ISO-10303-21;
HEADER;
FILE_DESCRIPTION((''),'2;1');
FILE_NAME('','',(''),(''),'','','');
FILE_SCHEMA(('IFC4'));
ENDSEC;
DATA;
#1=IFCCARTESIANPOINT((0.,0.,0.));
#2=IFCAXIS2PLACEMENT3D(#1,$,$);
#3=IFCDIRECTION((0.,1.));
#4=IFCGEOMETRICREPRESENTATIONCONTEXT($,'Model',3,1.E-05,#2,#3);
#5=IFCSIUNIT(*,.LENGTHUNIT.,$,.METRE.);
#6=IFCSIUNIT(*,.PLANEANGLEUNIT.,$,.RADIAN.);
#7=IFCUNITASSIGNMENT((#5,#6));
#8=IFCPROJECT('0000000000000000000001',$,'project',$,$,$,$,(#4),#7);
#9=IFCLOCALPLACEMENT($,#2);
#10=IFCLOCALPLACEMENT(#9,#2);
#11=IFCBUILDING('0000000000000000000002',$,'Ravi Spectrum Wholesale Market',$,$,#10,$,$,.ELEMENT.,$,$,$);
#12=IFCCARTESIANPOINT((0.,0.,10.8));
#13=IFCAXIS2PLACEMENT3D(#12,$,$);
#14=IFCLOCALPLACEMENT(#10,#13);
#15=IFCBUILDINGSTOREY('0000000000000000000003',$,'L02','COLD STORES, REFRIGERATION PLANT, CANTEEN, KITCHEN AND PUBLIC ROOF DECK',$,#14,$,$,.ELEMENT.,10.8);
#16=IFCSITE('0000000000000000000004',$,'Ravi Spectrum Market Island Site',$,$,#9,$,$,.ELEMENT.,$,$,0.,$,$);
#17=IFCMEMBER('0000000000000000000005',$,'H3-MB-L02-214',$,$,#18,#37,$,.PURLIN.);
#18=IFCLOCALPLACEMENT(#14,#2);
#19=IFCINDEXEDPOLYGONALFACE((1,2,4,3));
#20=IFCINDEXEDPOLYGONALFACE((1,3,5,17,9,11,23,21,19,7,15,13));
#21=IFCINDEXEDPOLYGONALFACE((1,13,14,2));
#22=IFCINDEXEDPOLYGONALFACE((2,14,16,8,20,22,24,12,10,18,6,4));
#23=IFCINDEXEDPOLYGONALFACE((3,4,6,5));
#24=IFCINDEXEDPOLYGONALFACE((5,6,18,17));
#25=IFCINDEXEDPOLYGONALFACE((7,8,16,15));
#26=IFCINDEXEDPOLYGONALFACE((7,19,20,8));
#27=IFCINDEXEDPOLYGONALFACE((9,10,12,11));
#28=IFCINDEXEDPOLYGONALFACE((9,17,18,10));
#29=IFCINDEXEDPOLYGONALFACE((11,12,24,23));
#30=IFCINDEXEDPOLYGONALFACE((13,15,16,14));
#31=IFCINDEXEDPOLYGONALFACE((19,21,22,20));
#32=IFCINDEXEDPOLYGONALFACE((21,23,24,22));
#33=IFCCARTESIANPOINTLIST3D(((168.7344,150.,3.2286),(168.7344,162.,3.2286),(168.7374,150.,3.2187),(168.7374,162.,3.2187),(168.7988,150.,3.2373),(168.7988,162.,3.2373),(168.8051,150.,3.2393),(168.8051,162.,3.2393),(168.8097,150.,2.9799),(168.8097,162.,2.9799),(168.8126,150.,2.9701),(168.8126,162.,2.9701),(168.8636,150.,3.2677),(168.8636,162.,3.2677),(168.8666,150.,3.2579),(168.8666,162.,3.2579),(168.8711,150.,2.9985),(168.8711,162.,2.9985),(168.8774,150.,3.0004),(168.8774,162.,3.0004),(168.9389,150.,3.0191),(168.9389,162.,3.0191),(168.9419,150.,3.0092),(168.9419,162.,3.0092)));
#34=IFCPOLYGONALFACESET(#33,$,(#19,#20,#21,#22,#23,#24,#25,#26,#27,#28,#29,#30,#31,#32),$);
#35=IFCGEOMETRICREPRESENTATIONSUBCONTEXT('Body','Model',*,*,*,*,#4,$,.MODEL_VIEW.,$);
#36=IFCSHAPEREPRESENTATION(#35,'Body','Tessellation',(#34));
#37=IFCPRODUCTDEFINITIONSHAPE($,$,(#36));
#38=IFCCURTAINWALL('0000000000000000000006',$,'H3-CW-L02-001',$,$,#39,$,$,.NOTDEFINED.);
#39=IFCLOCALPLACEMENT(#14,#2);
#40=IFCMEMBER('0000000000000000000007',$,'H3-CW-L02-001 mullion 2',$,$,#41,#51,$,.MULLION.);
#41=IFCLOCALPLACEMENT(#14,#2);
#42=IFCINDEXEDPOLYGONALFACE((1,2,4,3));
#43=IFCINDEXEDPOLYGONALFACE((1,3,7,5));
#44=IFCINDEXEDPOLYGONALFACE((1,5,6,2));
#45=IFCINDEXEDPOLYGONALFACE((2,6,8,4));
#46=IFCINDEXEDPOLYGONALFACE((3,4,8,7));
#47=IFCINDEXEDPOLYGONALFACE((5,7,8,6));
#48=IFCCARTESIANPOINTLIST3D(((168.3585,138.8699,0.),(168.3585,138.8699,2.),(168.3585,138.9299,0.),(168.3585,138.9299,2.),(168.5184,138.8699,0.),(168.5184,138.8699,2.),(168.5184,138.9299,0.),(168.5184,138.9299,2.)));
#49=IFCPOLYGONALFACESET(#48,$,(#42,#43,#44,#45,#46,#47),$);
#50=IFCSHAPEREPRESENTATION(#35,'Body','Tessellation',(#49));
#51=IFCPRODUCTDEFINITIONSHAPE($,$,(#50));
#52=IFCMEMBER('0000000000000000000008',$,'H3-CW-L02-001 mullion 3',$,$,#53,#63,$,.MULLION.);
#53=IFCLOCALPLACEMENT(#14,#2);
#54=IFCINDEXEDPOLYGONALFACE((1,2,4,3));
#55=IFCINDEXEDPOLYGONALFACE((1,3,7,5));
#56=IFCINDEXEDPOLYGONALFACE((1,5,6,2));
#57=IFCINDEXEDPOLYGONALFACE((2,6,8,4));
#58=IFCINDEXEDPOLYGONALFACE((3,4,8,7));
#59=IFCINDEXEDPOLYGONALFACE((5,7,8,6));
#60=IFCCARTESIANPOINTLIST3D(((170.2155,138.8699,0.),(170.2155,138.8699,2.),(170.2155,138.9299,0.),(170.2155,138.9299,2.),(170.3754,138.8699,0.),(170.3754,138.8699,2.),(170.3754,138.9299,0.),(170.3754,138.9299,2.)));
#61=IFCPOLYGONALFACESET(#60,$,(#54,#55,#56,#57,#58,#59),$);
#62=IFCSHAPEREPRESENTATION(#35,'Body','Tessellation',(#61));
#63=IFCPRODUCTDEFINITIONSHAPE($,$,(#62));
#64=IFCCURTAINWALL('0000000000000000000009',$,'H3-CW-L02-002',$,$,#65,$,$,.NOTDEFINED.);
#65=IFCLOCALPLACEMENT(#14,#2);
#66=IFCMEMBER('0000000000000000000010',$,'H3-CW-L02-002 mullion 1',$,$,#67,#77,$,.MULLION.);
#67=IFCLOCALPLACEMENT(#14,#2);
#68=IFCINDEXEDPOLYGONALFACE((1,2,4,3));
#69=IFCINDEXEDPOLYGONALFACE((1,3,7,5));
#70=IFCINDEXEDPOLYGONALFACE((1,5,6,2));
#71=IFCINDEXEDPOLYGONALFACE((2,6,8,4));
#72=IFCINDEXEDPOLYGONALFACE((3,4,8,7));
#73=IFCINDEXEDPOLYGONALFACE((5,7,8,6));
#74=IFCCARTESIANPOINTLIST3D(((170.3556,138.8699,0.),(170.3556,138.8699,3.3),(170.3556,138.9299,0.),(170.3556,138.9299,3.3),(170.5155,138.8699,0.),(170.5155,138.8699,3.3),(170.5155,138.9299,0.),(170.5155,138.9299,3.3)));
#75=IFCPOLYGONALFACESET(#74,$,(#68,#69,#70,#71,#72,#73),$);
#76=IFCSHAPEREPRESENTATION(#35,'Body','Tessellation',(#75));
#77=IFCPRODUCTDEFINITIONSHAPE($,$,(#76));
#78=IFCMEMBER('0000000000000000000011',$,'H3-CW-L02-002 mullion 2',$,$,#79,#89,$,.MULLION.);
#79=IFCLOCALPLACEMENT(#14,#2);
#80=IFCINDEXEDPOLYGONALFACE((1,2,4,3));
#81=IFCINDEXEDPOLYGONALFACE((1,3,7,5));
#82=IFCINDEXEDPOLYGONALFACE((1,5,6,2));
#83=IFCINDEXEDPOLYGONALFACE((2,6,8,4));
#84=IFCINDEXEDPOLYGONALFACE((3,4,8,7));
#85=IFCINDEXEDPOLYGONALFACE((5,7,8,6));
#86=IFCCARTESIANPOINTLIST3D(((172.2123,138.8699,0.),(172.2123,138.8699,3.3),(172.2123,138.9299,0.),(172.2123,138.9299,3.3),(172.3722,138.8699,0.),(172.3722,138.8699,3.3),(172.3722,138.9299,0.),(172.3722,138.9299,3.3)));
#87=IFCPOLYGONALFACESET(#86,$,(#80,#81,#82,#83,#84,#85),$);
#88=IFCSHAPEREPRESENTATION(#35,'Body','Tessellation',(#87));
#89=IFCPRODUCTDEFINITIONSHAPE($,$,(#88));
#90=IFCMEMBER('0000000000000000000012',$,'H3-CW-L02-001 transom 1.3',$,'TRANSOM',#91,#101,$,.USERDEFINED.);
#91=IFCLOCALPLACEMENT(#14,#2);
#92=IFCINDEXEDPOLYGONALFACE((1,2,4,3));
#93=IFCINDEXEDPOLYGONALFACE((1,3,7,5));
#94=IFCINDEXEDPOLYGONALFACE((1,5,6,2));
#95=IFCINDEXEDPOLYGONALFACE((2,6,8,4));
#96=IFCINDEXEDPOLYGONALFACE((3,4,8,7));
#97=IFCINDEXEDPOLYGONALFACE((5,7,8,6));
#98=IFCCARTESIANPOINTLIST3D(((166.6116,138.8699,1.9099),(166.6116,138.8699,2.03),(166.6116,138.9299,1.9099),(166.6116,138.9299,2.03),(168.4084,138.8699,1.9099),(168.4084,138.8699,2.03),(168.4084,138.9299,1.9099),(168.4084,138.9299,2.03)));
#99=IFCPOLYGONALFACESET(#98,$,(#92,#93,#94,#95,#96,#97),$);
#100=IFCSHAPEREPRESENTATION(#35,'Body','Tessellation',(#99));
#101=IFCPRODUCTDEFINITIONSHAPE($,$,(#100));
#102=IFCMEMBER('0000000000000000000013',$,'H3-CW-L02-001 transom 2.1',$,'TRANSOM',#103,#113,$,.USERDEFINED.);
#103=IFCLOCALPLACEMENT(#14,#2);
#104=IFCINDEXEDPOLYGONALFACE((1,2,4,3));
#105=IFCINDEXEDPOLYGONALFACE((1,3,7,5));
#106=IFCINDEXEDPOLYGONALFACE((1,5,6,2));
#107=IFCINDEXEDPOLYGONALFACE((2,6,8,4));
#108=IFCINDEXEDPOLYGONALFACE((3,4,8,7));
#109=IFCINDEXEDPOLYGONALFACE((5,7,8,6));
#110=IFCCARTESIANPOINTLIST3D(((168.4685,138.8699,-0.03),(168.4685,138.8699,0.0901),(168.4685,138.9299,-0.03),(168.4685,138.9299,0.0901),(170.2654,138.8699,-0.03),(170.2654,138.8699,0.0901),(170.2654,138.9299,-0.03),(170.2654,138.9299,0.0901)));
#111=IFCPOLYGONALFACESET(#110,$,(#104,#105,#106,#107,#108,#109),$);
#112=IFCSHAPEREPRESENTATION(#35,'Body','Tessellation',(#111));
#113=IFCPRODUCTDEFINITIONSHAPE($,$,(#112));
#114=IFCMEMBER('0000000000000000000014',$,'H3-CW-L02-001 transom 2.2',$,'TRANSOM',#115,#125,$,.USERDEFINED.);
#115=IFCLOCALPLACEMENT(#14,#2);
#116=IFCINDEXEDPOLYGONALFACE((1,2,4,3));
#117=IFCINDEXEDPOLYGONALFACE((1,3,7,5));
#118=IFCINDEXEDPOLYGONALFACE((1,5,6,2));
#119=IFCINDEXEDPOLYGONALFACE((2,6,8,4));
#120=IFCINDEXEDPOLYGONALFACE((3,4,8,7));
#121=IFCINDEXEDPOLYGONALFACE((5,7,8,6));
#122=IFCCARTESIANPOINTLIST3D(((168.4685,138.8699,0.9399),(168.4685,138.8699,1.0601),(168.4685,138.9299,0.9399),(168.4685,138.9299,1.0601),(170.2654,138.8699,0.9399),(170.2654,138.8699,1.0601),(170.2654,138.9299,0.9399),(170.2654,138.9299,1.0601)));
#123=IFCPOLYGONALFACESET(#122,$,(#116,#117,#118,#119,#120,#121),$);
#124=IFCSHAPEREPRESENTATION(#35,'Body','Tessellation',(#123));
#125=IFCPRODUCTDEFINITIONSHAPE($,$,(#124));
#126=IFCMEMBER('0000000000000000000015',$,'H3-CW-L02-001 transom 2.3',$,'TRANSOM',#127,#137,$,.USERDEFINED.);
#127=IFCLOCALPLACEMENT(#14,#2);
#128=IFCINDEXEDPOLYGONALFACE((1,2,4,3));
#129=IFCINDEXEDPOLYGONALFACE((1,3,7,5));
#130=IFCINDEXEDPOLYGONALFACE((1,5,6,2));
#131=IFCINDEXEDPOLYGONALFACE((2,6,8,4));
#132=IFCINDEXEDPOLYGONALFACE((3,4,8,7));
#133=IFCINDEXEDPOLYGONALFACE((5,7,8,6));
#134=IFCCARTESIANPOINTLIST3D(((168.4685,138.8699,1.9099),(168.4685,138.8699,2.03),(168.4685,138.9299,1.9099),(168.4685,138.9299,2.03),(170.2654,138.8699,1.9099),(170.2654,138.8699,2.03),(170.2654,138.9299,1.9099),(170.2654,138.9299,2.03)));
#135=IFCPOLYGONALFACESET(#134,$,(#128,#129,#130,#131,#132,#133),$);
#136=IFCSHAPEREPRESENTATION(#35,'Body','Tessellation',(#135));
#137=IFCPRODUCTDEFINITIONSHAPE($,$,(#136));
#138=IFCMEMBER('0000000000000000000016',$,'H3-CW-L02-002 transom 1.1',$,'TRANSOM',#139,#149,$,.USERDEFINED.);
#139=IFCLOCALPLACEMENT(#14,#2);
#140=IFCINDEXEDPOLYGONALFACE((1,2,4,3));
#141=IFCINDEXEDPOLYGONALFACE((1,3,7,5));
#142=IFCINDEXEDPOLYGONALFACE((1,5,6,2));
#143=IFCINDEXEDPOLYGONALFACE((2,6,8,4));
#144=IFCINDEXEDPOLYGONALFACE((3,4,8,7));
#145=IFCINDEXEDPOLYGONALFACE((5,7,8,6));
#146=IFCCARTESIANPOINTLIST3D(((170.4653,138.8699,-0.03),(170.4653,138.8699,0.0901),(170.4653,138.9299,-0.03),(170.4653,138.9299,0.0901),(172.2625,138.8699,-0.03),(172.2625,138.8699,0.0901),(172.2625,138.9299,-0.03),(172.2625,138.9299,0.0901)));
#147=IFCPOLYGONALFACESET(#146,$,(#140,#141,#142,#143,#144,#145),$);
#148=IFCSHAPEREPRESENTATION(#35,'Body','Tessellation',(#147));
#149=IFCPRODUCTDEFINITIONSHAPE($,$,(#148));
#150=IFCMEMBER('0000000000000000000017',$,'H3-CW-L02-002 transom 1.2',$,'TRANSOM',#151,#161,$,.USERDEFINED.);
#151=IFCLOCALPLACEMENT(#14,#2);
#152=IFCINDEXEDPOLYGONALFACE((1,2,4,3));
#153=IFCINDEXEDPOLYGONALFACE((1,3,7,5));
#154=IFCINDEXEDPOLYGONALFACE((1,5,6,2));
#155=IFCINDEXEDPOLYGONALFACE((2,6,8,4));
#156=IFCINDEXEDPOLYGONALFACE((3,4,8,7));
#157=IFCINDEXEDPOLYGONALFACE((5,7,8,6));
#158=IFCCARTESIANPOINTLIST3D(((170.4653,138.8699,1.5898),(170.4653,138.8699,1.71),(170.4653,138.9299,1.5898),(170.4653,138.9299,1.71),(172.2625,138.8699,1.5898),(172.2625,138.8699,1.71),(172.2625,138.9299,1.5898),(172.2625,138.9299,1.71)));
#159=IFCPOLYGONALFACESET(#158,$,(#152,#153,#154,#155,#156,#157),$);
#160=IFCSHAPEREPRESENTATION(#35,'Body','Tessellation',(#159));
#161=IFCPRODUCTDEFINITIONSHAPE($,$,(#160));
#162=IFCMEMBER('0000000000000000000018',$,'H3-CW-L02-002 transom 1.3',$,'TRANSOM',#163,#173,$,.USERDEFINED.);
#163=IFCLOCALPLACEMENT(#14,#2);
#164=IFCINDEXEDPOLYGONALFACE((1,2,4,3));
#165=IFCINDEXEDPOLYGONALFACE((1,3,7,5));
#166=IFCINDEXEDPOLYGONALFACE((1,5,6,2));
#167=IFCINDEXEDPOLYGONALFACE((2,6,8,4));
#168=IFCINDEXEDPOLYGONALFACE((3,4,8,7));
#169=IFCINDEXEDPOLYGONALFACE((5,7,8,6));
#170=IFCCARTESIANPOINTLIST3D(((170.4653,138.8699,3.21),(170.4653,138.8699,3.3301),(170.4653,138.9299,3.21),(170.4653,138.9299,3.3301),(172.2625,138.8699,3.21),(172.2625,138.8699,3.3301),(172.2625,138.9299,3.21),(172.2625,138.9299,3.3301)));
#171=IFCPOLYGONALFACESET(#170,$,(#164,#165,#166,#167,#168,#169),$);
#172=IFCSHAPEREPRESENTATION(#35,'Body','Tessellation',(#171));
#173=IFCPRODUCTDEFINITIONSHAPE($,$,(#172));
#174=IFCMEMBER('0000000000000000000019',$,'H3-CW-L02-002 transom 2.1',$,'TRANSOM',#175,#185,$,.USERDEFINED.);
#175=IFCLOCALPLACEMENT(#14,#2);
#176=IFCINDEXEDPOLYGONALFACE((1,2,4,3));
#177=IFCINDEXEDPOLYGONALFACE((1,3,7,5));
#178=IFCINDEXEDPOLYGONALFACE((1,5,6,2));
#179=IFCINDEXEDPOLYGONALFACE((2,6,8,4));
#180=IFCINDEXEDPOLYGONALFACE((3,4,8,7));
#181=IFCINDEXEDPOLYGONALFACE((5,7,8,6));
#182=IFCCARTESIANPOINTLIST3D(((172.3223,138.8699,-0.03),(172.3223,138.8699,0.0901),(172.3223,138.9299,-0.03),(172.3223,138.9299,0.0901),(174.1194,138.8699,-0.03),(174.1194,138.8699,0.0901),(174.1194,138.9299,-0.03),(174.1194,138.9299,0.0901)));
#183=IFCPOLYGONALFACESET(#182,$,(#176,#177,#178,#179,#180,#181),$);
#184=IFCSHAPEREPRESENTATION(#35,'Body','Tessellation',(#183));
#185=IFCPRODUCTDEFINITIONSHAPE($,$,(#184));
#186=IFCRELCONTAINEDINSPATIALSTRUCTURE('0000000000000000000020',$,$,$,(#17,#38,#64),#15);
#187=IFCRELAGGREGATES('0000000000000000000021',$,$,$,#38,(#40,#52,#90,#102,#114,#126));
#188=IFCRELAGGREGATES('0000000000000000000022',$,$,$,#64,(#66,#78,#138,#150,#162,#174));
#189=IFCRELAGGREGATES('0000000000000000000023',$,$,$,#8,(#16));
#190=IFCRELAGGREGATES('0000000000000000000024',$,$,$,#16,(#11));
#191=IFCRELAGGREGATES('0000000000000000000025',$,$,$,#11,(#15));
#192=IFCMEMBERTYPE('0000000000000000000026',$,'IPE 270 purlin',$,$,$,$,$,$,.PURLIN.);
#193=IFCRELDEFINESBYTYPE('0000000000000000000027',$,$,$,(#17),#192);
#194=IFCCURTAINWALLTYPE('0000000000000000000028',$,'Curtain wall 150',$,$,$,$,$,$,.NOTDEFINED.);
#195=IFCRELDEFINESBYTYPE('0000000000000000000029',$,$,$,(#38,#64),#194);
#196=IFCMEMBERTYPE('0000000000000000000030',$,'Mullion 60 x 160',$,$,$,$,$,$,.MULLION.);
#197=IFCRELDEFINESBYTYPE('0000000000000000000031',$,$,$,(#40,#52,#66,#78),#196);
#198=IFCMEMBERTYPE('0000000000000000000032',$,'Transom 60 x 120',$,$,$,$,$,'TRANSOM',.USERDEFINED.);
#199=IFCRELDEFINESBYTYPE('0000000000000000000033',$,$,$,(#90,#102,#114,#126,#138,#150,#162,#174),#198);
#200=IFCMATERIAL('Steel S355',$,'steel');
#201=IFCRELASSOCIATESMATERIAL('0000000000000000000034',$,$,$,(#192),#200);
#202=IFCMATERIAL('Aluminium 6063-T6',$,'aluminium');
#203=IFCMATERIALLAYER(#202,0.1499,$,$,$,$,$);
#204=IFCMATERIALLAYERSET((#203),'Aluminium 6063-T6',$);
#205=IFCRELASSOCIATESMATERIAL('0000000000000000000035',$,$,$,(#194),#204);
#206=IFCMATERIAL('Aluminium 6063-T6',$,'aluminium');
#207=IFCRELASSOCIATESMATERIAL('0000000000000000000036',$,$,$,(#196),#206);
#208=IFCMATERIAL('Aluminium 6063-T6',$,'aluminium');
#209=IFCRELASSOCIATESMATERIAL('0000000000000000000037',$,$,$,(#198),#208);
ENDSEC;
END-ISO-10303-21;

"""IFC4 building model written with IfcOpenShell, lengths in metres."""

from ifc_helpers import new_model, si_unit, direction, frame, origin, origin_2d, place, context, subcontext, project, spatial, rectangle, i_section, extrude, material, layer, layer_set, material_profile, profile_set, type_object, element, aggregate, save


model = new_model("IFC4")

# Units and contexts
model_context = context("Model", 3, precision=1e-05, world=origin(), true_north=direction((0.0, 1.0)))
body_context = subcontext(model_context, "Body", "Model", "MODEL_VIEW")
ifc_project = project(units=[si_unit("LENGTHUNIT", "METRE"), si_unit("PLANEANGLEUNIT", "RADIAN")], contexts=[model_context])

# Site, building, storey
site_placement = place(None, origin())
site = spatial("IfcSite", under=ifc_project, at=site_placement, Name="Ravi Spectrum Market Island Site", CompositionType="ELEMENT", RefElevation=0.0)
building_placement = place(site_placement, origin())
building = spatial("IfcBuilding", under=site, at=building_placement, Name="Ravi Spectrum Wholesale Market", CompositionType="ELEMENT")
storey_placement = place(building_placement, frame((0.0, 0.0, 10.8)))
storey = spatial("IfcBuildingStorey", under=building, at=storey_placement, Name="L02", Description="COLD STORES, REFRIGERATION PLANT, CANTEEN, KITCHEN AND PUBLIC ROOF DECK", CompositionType="ELEMENT", Elevation=10.8)

# Member
ifc_material_1 = material(Name="Steel S355", Category="steel")
ifc_material_profile_1 = material_profile(ifc_material_1, i_section(OverallWidth=0.135, OverallDepth=0.27, WebThickness=0.0066, FlangeThickness=0.0103, at=origin_2d()))
ifc_profile_set_1 = profile_set([ifc_material_profile_1], Name="Steel S355")
member_type_1 = type_object("IfcMemberType", Name="IPE 270 purlin", PredefinedType="PURLIN", material=ifc_profile_set_1)
for number, where, z_axis, x_axis, name in (
    (1, (168.8381, 150.0, 3.1189), (0.0, 1.0, 0.0), (-0.9571, 0.0, -0.289758), "H3-MB-L02-214"),
):
    element("IfcMember", number, at=place(storey_placement, frame(where, z_axis=z_axis, x_axis=x_axis)), inside=storey, type_object=member_type_1, Name=name, PredefinedType="PURLIN", context=body_context, shape_type="SweptSolid", body=[
        extrude(i_section(OverallWidth=0.135, OverallDepth=0.27, WebThickness=0.0066, FlangeThickness=0.0103, at=origin_2d()), origin(), (0.0, 0.0, 1.0), 12.0),
    ])

# Curtain walls, members
ifc_material_2 = material(Name="Aluminium 6063-T6", Category="aluminium")
ifc_layer_1 = layer(ifc_material_2, 0.1499)
ifc_layer_set_1 = layer_set([ifc_layer_1], Name="Aluminium 6063-T6")
curtain_wall_type = type_object("IfcCurtainWallType", Name="Curtain wall 150", PredefinedType="NOTDEFINED", material=ifc_layer_set_1)
curtain_wall_1_placement = place(storey_placement, origin())
curtain_wall_1 = element("IfcCurtainWall", 2, at=curtain_wall_1_placement, inside=storey, type_object=curtain_wall_type, Name="H3-CW-L02-001", PredefinedType="NOTDEFINED")
ifc_material_3 = material(Name="Aluminium 6063-T6", Category="aluminium")
ifc_material_profile_2 = material_profile(ifc_material_3, rectangle(XDim=0.0601, YDim=0.1599, at=origin_2d()))
ifc_profile_set_2 = profile_set([ifc_material_profile_2], Name="Aluminium 6063-T6")
member_type_2 = type_object("IfcMemberType", Name="Mullion 60 x 160", PredefinedType="MULLION", material=ifc_profile_set_2)
member_1_placement = place(storey_placement, frame((168.4385, 138.8999, 0.0), z_axis=(0.0, 0.0, 1.0), x_axis=(0.0, 1.0, 0.0)))
member_1 = element("IfcMember", 3, at=member_1_placement, type_object=member_type_2, Name="H3-CW-L02-001 mullion 2", PredefinedType="MULLION", context=body_context, shape_type="SweptSolid", body=[
    extrude(rectangle(XDim=0.0601, YDim=0.1599, at=origin_2d()), origin(), (0.0, 0.0, 1.0), 2.0),
])
member_2_placement = place(storey_placement, frame((170.2954, 138.8999, 0.0), z_axis=(0.0, 0.0, 1.0), x_axis=(0.0, 1.0, 0.0)))
member_2 = element("IfcMember", 4, at=member_2_placement, type_object=member_type_2, Name="H3-CW-L02-001 mullion 3", PredefinedType="MULLION", context=body_context, shape_type="SweptSolid", body=[
    extrude(rectangle(XDim=0.0601, YDim=0.1599, at=origin_2d()), origin(), (0.0, 0.0, 1.0), 2.0),
])
curtain_wall_2_placement = place(storey_placement, origin())
curtain_wall_2 = element("IfcCurtainWall", 5, at=curtain_wall_2_placement, inside=storey, type_object=curtain_wall_type, Name="H3-CW-L02-002", PredefinedType="NOTDEFINED")
member_3_placement = place(storey_placement, frame((170.4355, 138.8999, 0.0), z_axis=(0.0, 0.0, 1.0), x_axis=(0.0, 1.0, 0.0)))
member_3 = element("IfcMember", 6, at=member_3_placement, type_object=member_type_2, Name="H3-CW-L02-002 mullion 1", PredefinedType="MULLION", context=body_context, shape_type="SweptSolid", body=[
    extrude(rectangle(XDim=0.0601, YDim=0.1599, at=origin_2d()), origin(), (0.0, 0.0, 1.0), 3.3),
])
member_4_placement = place(storey_placement, frame((172.2922, 138.8999, 0.0), z_axis=(0.0, 0.0, 1.0), x_axis=(0.0, 1.0, 0.0)))
member_4 = element("IfcMember", 7, at=member_4_placement, type_object=member_type_2, Name="H3-CW-L02-002 mullion 2", PredefinedType="MULLION", context=body_context, shape_type="SweptSolid", body=[
    extrude(rectangle(XDim=0.0601, YDim=0.1599, at=origin_2d()), origin(), (0.0, 0.0, 1.0), 3.3),
])

# Members
ifc_material_4 = material(Name="Aluminium 6063-T6", Category="aluminium")
ifc_material_profile_3 = material_profile(ifc_material_4, rectangle(XDim=0.0601, YDim=0.1201, at=origin_2d()))
ifc_profile_set_3 = profile_set([ifc_material_profile_3], Name="Aluminium 6063-T6")
member_type_3 = type_object("IfcMemberType", Name="Transom 60 x 120", ElementType="TRANSOM", PredefinedType="USERDEFINED", material=ifc_profile_set_3)
member_5_placement = place(storey_placement, frame((166.6116, 138.8999, 1.97), z_axis=(1.0, 0.0, 0.0), x_axis=(0.0, 1.0, 0.0)))
member_5 = element("IfcMember", 8, at=member_5_placement, type_object=member_type_3, Name="H3-CW-L02-001 transom 1.3", ObjectType="TRANSOM", PredefinedType="USERDEFINED", context=body_context, shape_type="SweptSolid", body=[
    extrude(rectangle(XDim=0.0601, YDim=0.1201, at=origin_2d()), origin(), (0.0, 0.0, 1.0), 1.7969),
])
member_6_placement = place(storey_placement, frame((168.4685, 138.8999, 0.03), z_axis=(1.0, 0.0, 0.0), x_axis=(0.0, 1.0, 0.0)))
member_6 = element("IfcMember", 9, at=member_6_placement, type_object=member_type_3, Name="H3-CW-L02-001 transom 2.1", ObjectType="TRANSOM", PredefinedType="USERDEFINED", context=body_context, shape_type="SweptSolid", body=[
    extrude(rectangle(XDim=0.0601, YDim=0.1201, at=origin_2d()), origin(), (0.0, 0.0, 1.0), 1.7969),
])
member_7_placement = place(storey_placement, frame((168.4685, 138.8999, 1.0), z_axis=(1.0, 0.0, 0.0), x_axis=(0.0, 1.0, 0.0)))
member_7 = element("IfcMember", 10, at=member_7_placement, type_object=member_type_3, Name="H3-CW-L02-001 transom 2.2", ObjectType="TRANSOM", PredefinedType="USERDEFINED", context=body_context, shape_type="SweptSolid", body=[
    extrude(rectangle(XDim=0.0601, YDim=0.1201, at=origin_2d()), origin(), (0.0, 0.0, 1.0), 1.7969),
])
member_8_placement = place(storey_placement, frame((168.4685, 138.8999, 1.97), z_axis=(1.0, 0.0, 0.0), x_axis=(0.0, 1.0, 0.0)))
member_8 = element("IfcMember", 11, at=member_8_placement, type_object=member_type_3, Name="H3-CW-L02-001 transom 2.3", ObjectType="TRANSOM", PredefinedType="USERDEFINED", context=body_context, shape_type="SweptSolid", body=[
    extrude(rectangle(XDim=0.0601, YDim=0.1201, at=origin_2d()), origin(), (0.0, 0.0, 1.0), 1.7969),
])
member_9_placement = place(storey_placement, frame((170.4653, 138.8999, 0.03), z_axis=(1.0, 0.0, 0.0), x_axis=(0.0, 1.0, 0.0)))
member_9 = element("IfcMember", 12, at=member_9_placement, type_object=member_type_3, Name="H3-CW-L02-002 transom 1.1", ObjectType="TRANSOM", PredefinedType="USERDEFINED", context=body_context, shape_type="SweptSolid", body=[
    extrude(rectangle(XDim=0.0601, YDim=0.1201, at=origin_2d()), origin(), (0.0, 0.0, 1.0), 1.7971),
])
member_10_placement = place(storey_placement, frame((170.4653, 138.8999, 1.6499), z_axis=(1.0, 0.0, 0.0), x_axis=(0.0, 1.0, 0.0)))
member_10 = element("IfcMember", 13, at=member_10_placement, type_object=member_type_3, Name="H3-CW-L02-002 transom 1.2", ObjectType="TRANSOM", PredefinedType="USERDEFINED", context=body_context, shape_type="SweptSolid", body=[
    extrude(rectangle(XDim=0.0601, YDim=0.1201, at=origin_2d()), origin(), (0.0, 0.0, 1.0), 1.7971),
])
member_11_placement = place(storey_placement, frame((170.4653, 138.8999, 3.27), z_axis=(1.0, 0.0, 0.0), x_axis=(0.0, 1.0, 0.0)))
member_11 = element("IfcMember", 14, at=member_11_placement, type_object=member_type_3, Name="H3-CW-L02-002 transom 1.3", ObjectType="TRANSOM", PredefinedType="USERDEFINED", context=body_context, shape_type="SweptSolid", body=[
    extrude(rectangle(XDim=0.0601, YDim=0.1201, at=origin_2d()), origin(), (0.0, 0.0, 1.0), 1.7971),
])
member_12_placement = place(storey_placement, frame((172.3223, 138.8999, 0.03), z_axis=(1.0, 0.0, 0.0), x_axis=(0.0, 1.0, 0.0)))
member_12 = element("IfcMember", 15, at=member_12_placement, type_object=member_type_3, Name="H3-CW-L02-002 transom 2.1", ObjectType="TRANSOM", PredefinedType="USERDEFINED", context=body_context, shape_type="SweptSolid", body=[
    extrude(rectangle(XDim=0.0601, YDim=0.1201, at=origin_2d()), origin(), (0.0, 0.0, 1.0), 1.7971),
])

aggregate(curtain_wall_1, [member_1, member_2, member_5, member_6, member_7, member_8])
aggregate(curtain_wall_2, [member_3, member_4, member_9, member_10, member_11, member_12])

save(model, "model.ifc")
